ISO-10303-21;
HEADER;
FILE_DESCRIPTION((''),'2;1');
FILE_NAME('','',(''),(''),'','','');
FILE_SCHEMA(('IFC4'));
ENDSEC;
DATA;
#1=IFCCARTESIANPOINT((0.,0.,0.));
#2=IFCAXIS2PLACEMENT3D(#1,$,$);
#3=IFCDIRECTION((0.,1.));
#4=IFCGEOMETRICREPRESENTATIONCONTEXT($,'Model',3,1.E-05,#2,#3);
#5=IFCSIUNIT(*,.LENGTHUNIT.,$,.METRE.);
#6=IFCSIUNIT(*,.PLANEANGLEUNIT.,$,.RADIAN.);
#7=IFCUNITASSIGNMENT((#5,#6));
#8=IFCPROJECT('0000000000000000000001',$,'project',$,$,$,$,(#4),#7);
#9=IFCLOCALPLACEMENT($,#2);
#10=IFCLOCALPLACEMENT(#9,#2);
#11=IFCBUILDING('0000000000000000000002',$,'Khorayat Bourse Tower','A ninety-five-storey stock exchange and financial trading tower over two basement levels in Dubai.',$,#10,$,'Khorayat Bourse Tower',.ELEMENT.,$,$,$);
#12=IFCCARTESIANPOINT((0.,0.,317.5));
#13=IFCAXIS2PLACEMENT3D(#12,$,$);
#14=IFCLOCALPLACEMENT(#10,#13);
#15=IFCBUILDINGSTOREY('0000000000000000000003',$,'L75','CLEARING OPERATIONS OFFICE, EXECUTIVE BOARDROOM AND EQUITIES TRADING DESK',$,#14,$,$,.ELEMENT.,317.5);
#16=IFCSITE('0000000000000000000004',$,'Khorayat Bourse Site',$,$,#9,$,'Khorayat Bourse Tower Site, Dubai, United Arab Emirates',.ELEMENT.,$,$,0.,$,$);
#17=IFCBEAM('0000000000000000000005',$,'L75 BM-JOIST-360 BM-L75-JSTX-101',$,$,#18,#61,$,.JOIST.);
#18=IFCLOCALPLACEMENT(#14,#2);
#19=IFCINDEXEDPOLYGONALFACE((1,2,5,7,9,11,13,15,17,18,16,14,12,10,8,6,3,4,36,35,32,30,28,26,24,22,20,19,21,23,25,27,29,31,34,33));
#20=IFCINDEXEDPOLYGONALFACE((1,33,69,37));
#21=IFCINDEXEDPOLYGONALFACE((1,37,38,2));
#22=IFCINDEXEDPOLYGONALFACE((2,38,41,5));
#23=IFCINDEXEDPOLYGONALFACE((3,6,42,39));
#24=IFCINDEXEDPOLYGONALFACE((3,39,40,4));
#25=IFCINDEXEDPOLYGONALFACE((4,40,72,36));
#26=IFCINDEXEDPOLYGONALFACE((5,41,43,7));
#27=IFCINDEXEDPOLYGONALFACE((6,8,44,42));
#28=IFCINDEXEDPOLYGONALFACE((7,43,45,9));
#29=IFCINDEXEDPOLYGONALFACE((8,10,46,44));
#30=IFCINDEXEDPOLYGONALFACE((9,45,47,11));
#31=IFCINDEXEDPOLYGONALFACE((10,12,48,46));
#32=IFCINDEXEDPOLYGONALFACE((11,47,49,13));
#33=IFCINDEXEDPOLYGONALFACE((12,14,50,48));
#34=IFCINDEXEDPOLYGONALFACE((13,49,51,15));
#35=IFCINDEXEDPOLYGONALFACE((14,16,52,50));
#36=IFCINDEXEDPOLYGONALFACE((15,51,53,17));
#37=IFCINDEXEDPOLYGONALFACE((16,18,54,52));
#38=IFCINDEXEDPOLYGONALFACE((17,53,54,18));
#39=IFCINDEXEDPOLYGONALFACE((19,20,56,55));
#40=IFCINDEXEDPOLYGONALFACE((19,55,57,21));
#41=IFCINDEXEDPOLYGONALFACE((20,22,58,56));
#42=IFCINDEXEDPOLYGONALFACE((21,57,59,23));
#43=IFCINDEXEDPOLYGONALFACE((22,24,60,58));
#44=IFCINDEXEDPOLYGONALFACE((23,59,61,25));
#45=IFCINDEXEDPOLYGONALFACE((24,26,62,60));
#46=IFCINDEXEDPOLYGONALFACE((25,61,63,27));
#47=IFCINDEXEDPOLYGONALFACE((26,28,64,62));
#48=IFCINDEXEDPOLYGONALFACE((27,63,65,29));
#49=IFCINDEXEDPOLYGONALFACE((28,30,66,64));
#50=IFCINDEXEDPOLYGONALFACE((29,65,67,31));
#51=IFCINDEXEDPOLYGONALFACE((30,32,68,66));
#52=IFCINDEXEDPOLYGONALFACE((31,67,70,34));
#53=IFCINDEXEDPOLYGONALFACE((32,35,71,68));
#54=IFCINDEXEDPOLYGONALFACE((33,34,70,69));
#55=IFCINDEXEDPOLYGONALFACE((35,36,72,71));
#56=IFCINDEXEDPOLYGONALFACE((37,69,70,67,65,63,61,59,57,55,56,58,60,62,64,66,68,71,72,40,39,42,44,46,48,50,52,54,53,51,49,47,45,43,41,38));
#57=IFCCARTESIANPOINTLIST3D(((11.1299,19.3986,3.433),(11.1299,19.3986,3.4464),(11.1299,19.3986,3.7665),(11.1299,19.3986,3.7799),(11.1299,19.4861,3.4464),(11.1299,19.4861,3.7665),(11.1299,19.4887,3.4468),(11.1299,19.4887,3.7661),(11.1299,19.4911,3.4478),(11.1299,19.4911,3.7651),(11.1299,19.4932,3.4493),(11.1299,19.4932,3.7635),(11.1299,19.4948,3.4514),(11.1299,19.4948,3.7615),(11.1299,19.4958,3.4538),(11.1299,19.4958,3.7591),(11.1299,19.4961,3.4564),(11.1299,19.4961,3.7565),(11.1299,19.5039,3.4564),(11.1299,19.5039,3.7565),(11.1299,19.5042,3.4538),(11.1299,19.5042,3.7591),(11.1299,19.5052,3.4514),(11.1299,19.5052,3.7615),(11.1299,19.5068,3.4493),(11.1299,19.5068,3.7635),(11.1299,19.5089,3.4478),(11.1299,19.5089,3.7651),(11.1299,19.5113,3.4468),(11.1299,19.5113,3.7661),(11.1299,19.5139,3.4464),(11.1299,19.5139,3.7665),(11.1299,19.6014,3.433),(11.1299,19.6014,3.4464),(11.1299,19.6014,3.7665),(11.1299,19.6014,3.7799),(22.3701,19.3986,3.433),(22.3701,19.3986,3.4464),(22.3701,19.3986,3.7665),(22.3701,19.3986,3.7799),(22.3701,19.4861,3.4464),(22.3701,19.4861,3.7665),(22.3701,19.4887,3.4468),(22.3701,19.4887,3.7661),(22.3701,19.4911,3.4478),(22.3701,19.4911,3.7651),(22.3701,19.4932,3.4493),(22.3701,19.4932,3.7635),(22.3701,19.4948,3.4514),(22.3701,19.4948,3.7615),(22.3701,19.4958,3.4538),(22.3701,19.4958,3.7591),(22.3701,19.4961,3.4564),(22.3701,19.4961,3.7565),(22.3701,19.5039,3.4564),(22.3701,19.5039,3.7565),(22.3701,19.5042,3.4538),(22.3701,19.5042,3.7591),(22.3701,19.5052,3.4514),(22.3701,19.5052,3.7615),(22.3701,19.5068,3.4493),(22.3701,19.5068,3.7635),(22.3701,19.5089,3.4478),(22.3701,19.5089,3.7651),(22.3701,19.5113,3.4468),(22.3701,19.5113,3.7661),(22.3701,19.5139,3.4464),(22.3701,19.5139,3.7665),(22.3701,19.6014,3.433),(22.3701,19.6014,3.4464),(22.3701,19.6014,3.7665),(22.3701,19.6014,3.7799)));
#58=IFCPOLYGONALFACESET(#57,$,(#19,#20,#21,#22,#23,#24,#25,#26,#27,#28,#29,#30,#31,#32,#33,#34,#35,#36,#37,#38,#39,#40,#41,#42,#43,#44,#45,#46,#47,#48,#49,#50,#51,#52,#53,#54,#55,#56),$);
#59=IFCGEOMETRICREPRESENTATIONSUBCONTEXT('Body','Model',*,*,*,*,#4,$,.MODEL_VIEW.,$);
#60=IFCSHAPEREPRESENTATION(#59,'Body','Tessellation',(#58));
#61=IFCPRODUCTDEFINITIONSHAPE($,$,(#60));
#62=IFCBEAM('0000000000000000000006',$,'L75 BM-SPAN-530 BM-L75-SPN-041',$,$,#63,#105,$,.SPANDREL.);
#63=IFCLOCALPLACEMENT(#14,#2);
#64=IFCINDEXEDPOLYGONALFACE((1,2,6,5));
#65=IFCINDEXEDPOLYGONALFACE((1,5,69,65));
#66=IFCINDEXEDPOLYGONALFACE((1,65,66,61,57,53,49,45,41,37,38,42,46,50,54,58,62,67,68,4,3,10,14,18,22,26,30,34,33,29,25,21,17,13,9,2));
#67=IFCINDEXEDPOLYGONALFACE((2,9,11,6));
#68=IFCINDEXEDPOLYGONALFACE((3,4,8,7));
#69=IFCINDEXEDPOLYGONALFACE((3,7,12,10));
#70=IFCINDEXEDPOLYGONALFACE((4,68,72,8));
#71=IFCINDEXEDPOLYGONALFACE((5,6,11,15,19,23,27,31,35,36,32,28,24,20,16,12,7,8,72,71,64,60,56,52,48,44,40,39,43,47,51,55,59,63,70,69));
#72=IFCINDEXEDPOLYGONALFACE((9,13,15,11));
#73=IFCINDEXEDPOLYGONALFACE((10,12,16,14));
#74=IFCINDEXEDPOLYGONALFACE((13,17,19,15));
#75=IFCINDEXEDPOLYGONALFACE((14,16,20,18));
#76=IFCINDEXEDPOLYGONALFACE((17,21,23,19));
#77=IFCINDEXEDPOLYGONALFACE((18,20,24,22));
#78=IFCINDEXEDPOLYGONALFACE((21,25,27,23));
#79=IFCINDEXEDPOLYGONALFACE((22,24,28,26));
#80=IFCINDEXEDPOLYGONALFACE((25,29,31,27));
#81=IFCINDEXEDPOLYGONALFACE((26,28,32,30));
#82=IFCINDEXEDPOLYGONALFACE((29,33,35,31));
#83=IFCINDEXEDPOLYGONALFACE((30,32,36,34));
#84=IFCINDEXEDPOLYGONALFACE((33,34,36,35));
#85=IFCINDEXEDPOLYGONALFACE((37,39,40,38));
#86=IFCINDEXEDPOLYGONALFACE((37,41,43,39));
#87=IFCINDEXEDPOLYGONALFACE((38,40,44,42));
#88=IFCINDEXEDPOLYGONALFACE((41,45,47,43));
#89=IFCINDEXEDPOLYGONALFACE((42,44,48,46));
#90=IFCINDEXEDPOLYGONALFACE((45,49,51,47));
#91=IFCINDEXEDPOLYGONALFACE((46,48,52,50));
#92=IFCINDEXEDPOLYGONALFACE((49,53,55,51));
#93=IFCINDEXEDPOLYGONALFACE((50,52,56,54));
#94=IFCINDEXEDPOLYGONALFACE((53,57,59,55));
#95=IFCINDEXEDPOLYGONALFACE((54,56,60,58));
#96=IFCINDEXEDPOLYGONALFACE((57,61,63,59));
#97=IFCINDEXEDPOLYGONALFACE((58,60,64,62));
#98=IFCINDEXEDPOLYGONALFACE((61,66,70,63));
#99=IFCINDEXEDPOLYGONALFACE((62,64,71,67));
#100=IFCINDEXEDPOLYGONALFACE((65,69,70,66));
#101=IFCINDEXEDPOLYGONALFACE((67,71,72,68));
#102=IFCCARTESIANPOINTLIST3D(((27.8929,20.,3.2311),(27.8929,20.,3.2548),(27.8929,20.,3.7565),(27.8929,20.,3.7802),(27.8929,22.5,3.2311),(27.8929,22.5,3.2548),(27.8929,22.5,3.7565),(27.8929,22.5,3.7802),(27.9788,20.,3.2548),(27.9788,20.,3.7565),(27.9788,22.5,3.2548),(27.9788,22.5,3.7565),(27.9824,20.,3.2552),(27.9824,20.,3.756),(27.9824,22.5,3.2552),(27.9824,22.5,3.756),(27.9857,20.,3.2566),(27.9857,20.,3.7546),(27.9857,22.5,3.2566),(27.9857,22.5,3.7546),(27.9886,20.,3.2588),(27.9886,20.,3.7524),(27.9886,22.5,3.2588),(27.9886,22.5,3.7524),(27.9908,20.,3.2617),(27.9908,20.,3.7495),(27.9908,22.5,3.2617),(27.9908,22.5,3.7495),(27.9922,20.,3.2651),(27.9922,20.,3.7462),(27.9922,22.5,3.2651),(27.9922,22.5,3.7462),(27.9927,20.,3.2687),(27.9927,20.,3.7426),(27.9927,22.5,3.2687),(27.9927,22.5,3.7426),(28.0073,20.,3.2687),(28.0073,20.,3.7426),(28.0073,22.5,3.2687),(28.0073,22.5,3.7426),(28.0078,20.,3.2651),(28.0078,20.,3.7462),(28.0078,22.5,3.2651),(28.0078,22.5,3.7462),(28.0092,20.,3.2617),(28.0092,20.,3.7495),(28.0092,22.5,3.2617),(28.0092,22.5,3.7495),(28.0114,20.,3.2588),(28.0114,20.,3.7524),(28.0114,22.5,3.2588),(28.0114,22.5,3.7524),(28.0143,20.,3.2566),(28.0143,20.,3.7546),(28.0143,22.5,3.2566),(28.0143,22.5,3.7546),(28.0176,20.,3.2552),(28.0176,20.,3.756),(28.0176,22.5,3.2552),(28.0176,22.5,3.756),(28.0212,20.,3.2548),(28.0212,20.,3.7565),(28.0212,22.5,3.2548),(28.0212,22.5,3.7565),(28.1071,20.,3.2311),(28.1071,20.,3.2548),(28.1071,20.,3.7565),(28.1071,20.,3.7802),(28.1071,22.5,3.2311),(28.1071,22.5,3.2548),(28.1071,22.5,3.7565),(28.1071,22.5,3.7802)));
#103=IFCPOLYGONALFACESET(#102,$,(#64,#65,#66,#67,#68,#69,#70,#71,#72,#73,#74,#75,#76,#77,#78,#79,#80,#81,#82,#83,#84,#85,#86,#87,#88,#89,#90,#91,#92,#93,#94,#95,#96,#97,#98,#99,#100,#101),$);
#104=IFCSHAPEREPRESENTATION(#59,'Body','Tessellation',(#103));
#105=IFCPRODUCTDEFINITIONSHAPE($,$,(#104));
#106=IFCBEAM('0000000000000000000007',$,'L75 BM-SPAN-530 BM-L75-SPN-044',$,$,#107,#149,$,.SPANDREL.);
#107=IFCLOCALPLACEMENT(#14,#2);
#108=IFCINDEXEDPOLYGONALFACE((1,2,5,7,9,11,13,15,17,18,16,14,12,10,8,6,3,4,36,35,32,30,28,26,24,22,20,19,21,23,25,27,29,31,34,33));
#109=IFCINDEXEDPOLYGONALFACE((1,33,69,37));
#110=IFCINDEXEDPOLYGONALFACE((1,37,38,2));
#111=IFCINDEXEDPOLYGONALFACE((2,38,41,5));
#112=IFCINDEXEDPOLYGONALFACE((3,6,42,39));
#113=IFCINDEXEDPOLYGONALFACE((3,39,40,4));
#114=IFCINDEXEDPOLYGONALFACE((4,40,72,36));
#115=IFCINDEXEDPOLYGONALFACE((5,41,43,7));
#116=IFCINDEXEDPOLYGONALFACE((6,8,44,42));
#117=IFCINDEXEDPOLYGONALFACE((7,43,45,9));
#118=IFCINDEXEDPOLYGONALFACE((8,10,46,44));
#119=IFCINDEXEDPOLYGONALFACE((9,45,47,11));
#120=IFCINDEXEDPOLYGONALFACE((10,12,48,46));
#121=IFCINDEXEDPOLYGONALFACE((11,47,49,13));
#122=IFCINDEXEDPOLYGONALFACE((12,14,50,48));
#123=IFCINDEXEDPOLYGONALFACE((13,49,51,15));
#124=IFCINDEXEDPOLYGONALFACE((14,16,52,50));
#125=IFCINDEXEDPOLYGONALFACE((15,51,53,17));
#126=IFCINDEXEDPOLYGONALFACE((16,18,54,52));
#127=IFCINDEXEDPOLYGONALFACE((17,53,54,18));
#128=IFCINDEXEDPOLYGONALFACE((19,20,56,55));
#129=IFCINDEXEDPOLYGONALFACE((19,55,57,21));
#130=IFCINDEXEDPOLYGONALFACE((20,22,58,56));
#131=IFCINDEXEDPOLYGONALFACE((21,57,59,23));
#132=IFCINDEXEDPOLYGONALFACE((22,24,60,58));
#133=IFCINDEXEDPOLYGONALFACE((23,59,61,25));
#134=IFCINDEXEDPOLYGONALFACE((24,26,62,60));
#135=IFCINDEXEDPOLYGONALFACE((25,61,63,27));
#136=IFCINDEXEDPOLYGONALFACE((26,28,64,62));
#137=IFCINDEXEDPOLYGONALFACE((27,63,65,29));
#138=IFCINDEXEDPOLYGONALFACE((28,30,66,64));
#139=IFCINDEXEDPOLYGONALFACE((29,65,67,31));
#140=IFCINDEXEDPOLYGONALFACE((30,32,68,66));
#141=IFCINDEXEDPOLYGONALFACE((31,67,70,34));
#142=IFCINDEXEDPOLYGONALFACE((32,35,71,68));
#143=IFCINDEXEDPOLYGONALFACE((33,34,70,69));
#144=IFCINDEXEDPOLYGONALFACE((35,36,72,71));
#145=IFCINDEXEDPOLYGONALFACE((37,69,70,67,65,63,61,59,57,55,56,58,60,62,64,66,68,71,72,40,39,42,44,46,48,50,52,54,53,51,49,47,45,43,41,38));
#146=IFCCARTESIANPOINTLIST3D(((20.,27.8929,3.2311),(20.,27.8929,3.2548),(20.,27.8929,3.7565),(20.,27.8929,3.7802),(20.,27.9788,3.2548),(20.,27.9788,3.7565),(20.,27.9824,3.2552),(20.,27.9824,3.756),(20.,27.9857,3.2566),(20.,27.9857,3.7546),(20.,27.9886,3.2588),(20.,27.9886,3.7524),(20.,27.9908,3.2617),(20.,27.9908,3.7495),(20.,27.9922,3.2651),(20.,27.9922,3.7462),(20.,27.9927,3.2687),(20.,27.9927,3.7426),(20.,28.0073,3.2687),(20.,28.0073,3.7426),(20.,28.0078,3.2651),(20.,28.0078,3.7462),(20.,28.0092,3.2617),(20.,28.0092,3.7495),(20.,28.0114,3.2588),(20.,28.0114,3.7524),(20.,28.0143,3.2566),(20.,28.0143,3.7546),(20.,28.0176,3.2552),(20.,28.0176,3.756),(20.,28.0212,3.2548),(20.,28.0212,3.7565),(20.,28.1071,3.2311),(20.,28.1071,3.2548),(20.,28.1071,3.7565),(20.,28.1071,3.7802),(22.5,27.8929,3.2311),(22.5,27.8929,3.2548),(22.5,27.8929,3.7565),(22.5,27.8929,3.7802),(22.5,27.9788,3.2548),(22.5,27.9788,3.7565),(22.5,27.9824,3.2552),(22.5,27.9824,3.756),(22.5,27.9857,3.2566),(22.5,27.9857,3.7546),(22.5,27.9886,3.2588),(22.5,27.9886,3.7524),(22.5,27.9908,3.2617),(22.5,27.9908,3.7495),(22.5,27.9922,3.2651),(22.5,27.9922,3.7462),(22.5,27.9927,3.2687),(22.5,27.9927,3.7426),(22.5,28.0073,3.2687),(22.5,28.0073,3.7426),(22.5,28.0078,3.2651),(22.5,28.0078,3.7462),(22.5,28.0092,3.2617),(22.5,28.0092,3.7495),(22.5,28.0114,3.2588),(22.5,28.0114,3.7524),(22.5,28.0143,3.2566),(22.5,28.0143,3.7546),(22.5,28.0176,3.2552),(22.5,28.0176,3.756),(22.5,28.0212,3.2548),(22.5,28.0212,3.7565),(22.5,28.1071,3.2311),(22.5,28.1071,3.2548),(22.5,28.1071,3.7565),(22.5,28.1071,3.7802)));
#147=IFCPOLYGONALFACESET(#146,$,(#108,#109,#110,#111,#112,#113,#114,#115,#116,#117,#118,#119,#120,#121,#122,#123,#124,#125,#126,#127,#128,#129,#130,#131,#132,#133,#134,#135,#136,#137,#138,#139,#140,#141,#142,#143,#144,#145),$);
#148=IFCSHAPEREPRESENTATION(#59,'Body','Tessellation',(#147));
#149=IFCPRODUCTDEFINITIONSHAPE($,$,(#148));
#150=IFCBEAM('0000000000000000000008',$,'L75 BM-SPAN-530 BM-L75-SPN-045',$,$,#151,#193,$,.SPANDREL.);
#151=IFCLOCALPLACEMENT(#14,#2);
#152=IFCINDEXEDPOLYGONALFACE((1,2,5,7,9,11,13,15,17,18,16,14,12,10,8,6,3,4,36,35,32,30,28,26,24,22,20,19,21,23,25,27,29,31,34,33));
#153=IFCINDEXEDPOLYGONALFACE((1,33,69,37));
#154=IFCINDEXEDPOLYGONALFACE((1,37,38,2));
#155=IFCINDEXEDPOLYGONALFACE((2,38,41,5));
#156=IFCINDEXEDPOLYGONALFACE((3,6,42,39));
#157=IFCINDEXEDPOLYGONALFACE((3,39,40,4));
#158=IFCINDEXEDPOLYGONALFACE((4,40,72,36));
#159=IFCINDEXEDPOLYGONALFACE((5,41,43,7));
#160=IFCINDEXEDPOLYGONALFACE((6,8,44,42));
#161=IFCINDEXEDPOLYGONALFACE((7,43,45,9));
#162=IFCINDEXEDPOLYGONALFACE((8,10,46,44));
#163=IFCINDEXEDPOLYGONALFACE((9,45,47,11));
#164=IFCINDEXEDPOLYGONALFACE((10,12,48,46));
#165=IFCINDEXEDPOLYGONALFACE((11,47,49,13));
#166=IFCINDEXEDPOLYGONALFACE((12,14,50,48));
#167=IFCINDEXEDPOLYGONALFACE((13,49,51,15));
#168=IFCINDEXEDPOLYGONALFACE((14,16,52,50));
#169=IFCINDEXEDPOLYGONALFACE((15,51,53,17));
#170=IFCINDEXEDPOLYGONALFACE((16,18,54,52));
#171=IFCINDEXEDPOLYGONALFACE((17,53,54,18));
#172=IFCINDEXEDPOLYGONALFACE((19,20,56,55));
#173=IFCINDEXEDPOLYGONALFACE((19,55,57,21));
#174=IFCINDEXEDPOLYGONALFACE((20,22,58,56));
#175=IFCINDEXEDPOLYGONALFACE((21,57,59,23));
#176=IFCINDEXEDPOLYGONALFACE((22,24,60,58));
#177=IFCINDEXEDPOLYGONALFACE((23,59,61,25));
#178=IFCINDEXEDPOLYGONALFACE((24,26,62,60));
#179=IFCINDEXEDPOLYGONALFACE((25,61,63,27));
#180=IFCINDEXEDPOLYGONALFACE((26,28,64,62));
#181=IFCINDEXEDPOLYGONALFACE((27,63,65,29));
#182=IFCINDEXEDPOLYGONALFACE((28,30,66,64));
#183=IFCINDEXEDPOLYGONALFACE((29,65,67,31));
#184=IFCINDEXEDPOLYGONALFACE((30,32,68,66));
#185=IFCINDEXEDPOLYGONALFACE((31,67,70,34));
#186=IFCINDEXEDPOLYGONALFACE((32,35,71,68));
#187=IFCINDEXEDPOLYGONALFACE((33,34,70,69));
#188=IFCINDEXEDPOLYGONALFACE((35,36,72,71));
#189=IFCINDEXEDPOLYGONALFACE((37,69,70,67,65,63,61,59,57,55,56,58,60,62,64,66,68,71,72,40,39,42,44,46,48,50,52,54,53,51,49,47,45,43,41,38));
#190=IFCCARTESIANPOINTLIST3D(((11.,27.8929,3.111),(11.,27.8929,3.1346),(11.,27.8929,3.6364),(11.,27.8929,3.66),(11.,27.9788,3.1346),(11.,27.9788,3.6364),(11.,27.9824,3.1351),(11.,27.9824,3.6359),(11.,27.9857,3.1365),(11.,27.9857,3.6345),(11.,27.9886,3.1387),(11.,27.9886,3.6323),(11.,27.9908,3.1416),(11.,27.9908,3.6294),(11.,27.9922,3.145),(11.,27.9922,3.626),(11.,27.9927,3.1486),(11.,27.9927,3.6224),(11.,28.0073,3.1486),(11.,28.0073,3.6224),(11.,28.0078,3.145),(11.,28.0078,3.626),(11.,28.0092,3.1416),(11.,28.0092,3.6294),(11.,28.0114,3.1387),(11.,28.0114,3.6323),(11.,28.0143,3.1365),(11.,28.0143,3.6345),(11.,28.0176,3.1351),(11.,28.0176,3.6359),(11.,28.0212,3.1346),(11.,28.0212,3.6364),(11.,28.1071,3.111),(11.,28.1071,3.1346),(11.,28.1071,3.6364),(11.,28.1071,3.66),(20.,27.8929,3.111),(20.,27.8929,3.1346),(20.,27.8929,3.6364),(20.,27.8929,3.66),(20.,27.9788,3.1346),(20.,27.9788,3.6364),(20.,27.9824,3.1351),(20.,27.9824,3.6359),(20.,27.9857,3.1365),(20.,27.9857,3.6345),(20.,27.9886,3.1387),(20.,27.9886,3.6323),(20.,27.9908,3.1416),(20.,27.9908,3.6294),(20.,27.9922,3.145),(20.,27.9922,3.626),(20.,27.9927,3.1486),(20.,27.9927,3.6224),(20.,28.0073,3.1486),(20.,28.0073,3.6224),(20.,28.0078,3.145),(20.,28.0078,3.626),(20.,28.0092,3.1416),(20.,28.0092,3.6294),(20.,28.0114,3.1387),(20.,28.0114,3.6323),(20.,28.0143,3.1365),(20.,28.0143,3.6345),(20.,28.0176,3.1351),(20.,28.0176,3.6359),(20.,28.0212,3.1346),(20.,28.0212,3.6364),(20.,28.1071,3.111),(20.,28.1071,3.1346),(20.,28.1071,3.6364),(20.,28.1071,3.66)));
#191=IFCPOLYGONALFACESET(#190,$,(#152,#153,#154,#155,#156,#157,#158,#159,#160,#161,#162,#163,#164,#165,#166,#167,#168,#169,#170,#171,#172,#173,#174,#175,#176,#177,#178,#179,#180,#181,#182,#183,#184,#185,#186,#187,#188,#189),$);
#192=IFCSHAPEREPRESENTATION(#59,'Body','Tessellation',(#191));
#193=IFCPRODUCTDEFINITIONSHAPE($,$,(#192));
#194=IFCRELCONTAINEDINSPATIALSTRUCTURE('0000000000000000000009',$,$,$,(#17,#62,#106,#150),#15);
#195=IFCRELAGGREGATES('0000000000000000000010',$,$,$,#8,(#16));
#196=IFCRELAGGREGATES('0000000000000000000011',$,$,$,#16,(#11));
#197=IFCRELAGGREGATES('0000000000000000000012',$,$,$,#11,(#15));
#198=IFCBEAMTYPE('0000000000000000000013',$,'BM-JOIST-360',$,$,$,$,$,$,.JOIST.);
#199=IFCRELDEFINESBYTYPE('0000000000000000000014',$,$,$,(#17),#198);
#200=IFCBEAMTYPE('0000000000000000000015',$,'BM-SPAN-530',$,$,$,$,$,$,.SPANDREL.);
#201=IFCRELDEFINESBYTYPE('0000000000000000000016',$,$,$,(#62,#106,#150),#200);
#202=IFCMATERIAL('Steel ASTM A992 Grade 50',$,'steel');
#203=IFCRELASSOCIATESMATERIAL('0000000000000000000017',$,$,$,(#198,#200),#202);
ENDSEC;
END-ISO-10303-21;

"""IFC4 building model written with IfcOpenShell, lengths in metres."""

from ifc_helpers import new_model, si_unit, direction, frame, origin, origin_2d, place, context, subcontext, project, spatial, i_section, extrude, source, transform, mapped, material, material_profile, profile_set, type_object, element, save


model = new_model("IFC4")

# Units and contexts
model_context = context("Model", 3, precision=1e-05, world=origin(), true_north=direction((0.0, 1.0)))
body_context = subcontext(model_context, "Body", "Model", "MODEL_VIEW")
ifc_project = project(units=[si_unit("LENGTHUNIT", "METRE"), si_unit("PLANEANGLEUNIT", "RADIAN")], contexts=[model_context])

# Site, building, storey
site_placement = place(None, origin())
site = spatial("IfcSite", under=ifc_project, at=site_placement, Name="Khorayat Bourse Site", LongName="Khorayat Bourse Tower Site, Dubai, United Arab Emirates", CompositionType="ELEMENT", RefElevation=0.0)
building_placement = place(site_placement, origin())
building = spatial("IfcBuilding", under=site, at=building_placement, Name="Khorayat Bourse Tower", Description="A ninety-five-storey stock exchange and financial trading tower over two basement levels in Dubai.", LongName="Khorayat Bourse Tower", CompositionType="ELEMENT")
storey_placement = place(building_placement, frame((0.0, 0.0, 317.5)))
storey = spatial("IfcBuildingStorey", under=building, at=storey_placement, Name="L75", Description="CLEARING OPERATIONS OFFICE, EXECUTIVE BOARDROOM AND EQUITIES TRADING DESK", CompositionType="ELEMENT", Elevation=317.5)

# Beams
ifc_material_1 = material(Name="Steel ASTM A992 Grade 50", Category="steel")
ifc_material_profile_1 = material_profile(ifc_material_1, i_section(OverallWidth=0.2029, OverallDepth=0.3469, WebThickness=0.0078, FlangeThickness=0.0134, FilletRadius=0.01, at=origin_2d()), Name="W360X64")
ifc_profile_set_1 = profile_set([ifc_material_profile_1], Name="Steel ASTM A992 Grade 50")
beam_type_1 = type_object("IfcBeamType", Name="BM-JOIST-360", PredefinedType="JOIST", material=ifc_profile_set_1)
shared_shape_1 = source(origin(), body_context, "Body", "SweptSolid", [
    extrude(i_section(OverallWidth=0.2029, OverallDepth=0.3469, WebThickness=0.0078, FlangeThickness=0.0134, FilletRadius=0.01, at=origin_2d()), origin(), (0.0, 0.0, 1.0), 11.2402),
])
beam_1_placement = place(storey_placement, frame((11.1299, 19.5, 3.6064), z_axis=(1.0, 0.0, 0.0), x_axis=(0.0, 1.0, 0.0)))
element("IfcBeam", 1, at=beam_1_placement, inside=storey, type_object=beam_type_1, Name="L75 BM-JOIST-360 BM-L75-JSTX-101", PredefinedType="JOIST", context=body_context, shape_type="MappedRepresentation", body=[
    mapped(shared_shape_1, transform((0.0, 0.0, 0.0), scale=1.0)),
])
ifc_material_profile_2 = material_profile(ifc_material_1, i_section(OverallWidth=0.2141, OverallDepth=0.5491, WebThickness=0.0146, FlangeThickness=0.0237, FilletRadius=0.0139, at=origin_2d()), Name="W530X138")
ifc_profile_set_2 = profile_set([ifc_material_profile_2], Name="Steel ASTM A992 Grade 50")
beam_type_2 = type_object("IfcBeamType", Name="BM-SPAN-530", PredefinedType="SPANDREL", material=ifc_profile_set_2)
shared_shape_2 = source(origin(), body_context, "Body", "SweptSolid", [
    extrude(i_section(OverallWidth=0.2141, OverallDepth=0.5491, WebThickness=0.0146, FlangeThickness=0.0237, FilletRadius=0.0139, at=origin_2d()), origin(), (0.0, 0.0, 1.0), 2.5),
])
for number, where, z_axis, x_axis, name in (
    (2, (28.0, 20.0, 3.5056), (0.0, 1.0, 0.0), (-1.0, 0.0, 0.0), "L75 BM-SPAN-530 BM-L75-SPN-041"),
    (3, (20.0, 28.0, 3.5056), (1.0, 0.0, 0.0), (0.0, 1.0, 0.0), "L75 BM-SPAN-530 BM-L75-SPN-044"),
):
    element("IfcBeam", number, at=place(storey_placement, frame(where, z_axis=z_axis, x_axis=x_axis)), inside=storey, type_object=beam_type_2, Name=name, PredefinedType="SPANDREL", context=body_context, shape_type="MappedRepresentation", body=[
        mapped(shared_shape_2, transform((0.0, 0.0, 0.0), scale=1.0)),
    ])
shared_shape_3 = source(origin(), body_context, "Body", "SweptSolid", [
    extrude(i_section(OverallWidth=0.2141, OverallDepth=0.5491, WebThickness=0.0146, FlangeThickness=0.0237, FilletRadius=0.0139, at=origin_2d()), origin(), (0.0, 0.0, 1.0), 9.0),
])
beam_2_placement = place(storey_placement, frame((11.0, 28.0, 3.3855), z_axis=(1.0, 0.0, 0.0), x_axis=(0.0, 1.0, 0.0)))
element("IfcBeam", 4, at=beam_2_placement, inside=storey, type_object=beam_type_2, Name="L75 BM-SPAN-530 BM-L75-SPN-045", PredefinedType="SPANDREL", context=body_context, shape_type="MappedRepresentation", body=[
    mapped(shared_shape_3, transform((0.0, 0.0, 0.0), scale=1.0)),
])

save(model, "model.ifc")
